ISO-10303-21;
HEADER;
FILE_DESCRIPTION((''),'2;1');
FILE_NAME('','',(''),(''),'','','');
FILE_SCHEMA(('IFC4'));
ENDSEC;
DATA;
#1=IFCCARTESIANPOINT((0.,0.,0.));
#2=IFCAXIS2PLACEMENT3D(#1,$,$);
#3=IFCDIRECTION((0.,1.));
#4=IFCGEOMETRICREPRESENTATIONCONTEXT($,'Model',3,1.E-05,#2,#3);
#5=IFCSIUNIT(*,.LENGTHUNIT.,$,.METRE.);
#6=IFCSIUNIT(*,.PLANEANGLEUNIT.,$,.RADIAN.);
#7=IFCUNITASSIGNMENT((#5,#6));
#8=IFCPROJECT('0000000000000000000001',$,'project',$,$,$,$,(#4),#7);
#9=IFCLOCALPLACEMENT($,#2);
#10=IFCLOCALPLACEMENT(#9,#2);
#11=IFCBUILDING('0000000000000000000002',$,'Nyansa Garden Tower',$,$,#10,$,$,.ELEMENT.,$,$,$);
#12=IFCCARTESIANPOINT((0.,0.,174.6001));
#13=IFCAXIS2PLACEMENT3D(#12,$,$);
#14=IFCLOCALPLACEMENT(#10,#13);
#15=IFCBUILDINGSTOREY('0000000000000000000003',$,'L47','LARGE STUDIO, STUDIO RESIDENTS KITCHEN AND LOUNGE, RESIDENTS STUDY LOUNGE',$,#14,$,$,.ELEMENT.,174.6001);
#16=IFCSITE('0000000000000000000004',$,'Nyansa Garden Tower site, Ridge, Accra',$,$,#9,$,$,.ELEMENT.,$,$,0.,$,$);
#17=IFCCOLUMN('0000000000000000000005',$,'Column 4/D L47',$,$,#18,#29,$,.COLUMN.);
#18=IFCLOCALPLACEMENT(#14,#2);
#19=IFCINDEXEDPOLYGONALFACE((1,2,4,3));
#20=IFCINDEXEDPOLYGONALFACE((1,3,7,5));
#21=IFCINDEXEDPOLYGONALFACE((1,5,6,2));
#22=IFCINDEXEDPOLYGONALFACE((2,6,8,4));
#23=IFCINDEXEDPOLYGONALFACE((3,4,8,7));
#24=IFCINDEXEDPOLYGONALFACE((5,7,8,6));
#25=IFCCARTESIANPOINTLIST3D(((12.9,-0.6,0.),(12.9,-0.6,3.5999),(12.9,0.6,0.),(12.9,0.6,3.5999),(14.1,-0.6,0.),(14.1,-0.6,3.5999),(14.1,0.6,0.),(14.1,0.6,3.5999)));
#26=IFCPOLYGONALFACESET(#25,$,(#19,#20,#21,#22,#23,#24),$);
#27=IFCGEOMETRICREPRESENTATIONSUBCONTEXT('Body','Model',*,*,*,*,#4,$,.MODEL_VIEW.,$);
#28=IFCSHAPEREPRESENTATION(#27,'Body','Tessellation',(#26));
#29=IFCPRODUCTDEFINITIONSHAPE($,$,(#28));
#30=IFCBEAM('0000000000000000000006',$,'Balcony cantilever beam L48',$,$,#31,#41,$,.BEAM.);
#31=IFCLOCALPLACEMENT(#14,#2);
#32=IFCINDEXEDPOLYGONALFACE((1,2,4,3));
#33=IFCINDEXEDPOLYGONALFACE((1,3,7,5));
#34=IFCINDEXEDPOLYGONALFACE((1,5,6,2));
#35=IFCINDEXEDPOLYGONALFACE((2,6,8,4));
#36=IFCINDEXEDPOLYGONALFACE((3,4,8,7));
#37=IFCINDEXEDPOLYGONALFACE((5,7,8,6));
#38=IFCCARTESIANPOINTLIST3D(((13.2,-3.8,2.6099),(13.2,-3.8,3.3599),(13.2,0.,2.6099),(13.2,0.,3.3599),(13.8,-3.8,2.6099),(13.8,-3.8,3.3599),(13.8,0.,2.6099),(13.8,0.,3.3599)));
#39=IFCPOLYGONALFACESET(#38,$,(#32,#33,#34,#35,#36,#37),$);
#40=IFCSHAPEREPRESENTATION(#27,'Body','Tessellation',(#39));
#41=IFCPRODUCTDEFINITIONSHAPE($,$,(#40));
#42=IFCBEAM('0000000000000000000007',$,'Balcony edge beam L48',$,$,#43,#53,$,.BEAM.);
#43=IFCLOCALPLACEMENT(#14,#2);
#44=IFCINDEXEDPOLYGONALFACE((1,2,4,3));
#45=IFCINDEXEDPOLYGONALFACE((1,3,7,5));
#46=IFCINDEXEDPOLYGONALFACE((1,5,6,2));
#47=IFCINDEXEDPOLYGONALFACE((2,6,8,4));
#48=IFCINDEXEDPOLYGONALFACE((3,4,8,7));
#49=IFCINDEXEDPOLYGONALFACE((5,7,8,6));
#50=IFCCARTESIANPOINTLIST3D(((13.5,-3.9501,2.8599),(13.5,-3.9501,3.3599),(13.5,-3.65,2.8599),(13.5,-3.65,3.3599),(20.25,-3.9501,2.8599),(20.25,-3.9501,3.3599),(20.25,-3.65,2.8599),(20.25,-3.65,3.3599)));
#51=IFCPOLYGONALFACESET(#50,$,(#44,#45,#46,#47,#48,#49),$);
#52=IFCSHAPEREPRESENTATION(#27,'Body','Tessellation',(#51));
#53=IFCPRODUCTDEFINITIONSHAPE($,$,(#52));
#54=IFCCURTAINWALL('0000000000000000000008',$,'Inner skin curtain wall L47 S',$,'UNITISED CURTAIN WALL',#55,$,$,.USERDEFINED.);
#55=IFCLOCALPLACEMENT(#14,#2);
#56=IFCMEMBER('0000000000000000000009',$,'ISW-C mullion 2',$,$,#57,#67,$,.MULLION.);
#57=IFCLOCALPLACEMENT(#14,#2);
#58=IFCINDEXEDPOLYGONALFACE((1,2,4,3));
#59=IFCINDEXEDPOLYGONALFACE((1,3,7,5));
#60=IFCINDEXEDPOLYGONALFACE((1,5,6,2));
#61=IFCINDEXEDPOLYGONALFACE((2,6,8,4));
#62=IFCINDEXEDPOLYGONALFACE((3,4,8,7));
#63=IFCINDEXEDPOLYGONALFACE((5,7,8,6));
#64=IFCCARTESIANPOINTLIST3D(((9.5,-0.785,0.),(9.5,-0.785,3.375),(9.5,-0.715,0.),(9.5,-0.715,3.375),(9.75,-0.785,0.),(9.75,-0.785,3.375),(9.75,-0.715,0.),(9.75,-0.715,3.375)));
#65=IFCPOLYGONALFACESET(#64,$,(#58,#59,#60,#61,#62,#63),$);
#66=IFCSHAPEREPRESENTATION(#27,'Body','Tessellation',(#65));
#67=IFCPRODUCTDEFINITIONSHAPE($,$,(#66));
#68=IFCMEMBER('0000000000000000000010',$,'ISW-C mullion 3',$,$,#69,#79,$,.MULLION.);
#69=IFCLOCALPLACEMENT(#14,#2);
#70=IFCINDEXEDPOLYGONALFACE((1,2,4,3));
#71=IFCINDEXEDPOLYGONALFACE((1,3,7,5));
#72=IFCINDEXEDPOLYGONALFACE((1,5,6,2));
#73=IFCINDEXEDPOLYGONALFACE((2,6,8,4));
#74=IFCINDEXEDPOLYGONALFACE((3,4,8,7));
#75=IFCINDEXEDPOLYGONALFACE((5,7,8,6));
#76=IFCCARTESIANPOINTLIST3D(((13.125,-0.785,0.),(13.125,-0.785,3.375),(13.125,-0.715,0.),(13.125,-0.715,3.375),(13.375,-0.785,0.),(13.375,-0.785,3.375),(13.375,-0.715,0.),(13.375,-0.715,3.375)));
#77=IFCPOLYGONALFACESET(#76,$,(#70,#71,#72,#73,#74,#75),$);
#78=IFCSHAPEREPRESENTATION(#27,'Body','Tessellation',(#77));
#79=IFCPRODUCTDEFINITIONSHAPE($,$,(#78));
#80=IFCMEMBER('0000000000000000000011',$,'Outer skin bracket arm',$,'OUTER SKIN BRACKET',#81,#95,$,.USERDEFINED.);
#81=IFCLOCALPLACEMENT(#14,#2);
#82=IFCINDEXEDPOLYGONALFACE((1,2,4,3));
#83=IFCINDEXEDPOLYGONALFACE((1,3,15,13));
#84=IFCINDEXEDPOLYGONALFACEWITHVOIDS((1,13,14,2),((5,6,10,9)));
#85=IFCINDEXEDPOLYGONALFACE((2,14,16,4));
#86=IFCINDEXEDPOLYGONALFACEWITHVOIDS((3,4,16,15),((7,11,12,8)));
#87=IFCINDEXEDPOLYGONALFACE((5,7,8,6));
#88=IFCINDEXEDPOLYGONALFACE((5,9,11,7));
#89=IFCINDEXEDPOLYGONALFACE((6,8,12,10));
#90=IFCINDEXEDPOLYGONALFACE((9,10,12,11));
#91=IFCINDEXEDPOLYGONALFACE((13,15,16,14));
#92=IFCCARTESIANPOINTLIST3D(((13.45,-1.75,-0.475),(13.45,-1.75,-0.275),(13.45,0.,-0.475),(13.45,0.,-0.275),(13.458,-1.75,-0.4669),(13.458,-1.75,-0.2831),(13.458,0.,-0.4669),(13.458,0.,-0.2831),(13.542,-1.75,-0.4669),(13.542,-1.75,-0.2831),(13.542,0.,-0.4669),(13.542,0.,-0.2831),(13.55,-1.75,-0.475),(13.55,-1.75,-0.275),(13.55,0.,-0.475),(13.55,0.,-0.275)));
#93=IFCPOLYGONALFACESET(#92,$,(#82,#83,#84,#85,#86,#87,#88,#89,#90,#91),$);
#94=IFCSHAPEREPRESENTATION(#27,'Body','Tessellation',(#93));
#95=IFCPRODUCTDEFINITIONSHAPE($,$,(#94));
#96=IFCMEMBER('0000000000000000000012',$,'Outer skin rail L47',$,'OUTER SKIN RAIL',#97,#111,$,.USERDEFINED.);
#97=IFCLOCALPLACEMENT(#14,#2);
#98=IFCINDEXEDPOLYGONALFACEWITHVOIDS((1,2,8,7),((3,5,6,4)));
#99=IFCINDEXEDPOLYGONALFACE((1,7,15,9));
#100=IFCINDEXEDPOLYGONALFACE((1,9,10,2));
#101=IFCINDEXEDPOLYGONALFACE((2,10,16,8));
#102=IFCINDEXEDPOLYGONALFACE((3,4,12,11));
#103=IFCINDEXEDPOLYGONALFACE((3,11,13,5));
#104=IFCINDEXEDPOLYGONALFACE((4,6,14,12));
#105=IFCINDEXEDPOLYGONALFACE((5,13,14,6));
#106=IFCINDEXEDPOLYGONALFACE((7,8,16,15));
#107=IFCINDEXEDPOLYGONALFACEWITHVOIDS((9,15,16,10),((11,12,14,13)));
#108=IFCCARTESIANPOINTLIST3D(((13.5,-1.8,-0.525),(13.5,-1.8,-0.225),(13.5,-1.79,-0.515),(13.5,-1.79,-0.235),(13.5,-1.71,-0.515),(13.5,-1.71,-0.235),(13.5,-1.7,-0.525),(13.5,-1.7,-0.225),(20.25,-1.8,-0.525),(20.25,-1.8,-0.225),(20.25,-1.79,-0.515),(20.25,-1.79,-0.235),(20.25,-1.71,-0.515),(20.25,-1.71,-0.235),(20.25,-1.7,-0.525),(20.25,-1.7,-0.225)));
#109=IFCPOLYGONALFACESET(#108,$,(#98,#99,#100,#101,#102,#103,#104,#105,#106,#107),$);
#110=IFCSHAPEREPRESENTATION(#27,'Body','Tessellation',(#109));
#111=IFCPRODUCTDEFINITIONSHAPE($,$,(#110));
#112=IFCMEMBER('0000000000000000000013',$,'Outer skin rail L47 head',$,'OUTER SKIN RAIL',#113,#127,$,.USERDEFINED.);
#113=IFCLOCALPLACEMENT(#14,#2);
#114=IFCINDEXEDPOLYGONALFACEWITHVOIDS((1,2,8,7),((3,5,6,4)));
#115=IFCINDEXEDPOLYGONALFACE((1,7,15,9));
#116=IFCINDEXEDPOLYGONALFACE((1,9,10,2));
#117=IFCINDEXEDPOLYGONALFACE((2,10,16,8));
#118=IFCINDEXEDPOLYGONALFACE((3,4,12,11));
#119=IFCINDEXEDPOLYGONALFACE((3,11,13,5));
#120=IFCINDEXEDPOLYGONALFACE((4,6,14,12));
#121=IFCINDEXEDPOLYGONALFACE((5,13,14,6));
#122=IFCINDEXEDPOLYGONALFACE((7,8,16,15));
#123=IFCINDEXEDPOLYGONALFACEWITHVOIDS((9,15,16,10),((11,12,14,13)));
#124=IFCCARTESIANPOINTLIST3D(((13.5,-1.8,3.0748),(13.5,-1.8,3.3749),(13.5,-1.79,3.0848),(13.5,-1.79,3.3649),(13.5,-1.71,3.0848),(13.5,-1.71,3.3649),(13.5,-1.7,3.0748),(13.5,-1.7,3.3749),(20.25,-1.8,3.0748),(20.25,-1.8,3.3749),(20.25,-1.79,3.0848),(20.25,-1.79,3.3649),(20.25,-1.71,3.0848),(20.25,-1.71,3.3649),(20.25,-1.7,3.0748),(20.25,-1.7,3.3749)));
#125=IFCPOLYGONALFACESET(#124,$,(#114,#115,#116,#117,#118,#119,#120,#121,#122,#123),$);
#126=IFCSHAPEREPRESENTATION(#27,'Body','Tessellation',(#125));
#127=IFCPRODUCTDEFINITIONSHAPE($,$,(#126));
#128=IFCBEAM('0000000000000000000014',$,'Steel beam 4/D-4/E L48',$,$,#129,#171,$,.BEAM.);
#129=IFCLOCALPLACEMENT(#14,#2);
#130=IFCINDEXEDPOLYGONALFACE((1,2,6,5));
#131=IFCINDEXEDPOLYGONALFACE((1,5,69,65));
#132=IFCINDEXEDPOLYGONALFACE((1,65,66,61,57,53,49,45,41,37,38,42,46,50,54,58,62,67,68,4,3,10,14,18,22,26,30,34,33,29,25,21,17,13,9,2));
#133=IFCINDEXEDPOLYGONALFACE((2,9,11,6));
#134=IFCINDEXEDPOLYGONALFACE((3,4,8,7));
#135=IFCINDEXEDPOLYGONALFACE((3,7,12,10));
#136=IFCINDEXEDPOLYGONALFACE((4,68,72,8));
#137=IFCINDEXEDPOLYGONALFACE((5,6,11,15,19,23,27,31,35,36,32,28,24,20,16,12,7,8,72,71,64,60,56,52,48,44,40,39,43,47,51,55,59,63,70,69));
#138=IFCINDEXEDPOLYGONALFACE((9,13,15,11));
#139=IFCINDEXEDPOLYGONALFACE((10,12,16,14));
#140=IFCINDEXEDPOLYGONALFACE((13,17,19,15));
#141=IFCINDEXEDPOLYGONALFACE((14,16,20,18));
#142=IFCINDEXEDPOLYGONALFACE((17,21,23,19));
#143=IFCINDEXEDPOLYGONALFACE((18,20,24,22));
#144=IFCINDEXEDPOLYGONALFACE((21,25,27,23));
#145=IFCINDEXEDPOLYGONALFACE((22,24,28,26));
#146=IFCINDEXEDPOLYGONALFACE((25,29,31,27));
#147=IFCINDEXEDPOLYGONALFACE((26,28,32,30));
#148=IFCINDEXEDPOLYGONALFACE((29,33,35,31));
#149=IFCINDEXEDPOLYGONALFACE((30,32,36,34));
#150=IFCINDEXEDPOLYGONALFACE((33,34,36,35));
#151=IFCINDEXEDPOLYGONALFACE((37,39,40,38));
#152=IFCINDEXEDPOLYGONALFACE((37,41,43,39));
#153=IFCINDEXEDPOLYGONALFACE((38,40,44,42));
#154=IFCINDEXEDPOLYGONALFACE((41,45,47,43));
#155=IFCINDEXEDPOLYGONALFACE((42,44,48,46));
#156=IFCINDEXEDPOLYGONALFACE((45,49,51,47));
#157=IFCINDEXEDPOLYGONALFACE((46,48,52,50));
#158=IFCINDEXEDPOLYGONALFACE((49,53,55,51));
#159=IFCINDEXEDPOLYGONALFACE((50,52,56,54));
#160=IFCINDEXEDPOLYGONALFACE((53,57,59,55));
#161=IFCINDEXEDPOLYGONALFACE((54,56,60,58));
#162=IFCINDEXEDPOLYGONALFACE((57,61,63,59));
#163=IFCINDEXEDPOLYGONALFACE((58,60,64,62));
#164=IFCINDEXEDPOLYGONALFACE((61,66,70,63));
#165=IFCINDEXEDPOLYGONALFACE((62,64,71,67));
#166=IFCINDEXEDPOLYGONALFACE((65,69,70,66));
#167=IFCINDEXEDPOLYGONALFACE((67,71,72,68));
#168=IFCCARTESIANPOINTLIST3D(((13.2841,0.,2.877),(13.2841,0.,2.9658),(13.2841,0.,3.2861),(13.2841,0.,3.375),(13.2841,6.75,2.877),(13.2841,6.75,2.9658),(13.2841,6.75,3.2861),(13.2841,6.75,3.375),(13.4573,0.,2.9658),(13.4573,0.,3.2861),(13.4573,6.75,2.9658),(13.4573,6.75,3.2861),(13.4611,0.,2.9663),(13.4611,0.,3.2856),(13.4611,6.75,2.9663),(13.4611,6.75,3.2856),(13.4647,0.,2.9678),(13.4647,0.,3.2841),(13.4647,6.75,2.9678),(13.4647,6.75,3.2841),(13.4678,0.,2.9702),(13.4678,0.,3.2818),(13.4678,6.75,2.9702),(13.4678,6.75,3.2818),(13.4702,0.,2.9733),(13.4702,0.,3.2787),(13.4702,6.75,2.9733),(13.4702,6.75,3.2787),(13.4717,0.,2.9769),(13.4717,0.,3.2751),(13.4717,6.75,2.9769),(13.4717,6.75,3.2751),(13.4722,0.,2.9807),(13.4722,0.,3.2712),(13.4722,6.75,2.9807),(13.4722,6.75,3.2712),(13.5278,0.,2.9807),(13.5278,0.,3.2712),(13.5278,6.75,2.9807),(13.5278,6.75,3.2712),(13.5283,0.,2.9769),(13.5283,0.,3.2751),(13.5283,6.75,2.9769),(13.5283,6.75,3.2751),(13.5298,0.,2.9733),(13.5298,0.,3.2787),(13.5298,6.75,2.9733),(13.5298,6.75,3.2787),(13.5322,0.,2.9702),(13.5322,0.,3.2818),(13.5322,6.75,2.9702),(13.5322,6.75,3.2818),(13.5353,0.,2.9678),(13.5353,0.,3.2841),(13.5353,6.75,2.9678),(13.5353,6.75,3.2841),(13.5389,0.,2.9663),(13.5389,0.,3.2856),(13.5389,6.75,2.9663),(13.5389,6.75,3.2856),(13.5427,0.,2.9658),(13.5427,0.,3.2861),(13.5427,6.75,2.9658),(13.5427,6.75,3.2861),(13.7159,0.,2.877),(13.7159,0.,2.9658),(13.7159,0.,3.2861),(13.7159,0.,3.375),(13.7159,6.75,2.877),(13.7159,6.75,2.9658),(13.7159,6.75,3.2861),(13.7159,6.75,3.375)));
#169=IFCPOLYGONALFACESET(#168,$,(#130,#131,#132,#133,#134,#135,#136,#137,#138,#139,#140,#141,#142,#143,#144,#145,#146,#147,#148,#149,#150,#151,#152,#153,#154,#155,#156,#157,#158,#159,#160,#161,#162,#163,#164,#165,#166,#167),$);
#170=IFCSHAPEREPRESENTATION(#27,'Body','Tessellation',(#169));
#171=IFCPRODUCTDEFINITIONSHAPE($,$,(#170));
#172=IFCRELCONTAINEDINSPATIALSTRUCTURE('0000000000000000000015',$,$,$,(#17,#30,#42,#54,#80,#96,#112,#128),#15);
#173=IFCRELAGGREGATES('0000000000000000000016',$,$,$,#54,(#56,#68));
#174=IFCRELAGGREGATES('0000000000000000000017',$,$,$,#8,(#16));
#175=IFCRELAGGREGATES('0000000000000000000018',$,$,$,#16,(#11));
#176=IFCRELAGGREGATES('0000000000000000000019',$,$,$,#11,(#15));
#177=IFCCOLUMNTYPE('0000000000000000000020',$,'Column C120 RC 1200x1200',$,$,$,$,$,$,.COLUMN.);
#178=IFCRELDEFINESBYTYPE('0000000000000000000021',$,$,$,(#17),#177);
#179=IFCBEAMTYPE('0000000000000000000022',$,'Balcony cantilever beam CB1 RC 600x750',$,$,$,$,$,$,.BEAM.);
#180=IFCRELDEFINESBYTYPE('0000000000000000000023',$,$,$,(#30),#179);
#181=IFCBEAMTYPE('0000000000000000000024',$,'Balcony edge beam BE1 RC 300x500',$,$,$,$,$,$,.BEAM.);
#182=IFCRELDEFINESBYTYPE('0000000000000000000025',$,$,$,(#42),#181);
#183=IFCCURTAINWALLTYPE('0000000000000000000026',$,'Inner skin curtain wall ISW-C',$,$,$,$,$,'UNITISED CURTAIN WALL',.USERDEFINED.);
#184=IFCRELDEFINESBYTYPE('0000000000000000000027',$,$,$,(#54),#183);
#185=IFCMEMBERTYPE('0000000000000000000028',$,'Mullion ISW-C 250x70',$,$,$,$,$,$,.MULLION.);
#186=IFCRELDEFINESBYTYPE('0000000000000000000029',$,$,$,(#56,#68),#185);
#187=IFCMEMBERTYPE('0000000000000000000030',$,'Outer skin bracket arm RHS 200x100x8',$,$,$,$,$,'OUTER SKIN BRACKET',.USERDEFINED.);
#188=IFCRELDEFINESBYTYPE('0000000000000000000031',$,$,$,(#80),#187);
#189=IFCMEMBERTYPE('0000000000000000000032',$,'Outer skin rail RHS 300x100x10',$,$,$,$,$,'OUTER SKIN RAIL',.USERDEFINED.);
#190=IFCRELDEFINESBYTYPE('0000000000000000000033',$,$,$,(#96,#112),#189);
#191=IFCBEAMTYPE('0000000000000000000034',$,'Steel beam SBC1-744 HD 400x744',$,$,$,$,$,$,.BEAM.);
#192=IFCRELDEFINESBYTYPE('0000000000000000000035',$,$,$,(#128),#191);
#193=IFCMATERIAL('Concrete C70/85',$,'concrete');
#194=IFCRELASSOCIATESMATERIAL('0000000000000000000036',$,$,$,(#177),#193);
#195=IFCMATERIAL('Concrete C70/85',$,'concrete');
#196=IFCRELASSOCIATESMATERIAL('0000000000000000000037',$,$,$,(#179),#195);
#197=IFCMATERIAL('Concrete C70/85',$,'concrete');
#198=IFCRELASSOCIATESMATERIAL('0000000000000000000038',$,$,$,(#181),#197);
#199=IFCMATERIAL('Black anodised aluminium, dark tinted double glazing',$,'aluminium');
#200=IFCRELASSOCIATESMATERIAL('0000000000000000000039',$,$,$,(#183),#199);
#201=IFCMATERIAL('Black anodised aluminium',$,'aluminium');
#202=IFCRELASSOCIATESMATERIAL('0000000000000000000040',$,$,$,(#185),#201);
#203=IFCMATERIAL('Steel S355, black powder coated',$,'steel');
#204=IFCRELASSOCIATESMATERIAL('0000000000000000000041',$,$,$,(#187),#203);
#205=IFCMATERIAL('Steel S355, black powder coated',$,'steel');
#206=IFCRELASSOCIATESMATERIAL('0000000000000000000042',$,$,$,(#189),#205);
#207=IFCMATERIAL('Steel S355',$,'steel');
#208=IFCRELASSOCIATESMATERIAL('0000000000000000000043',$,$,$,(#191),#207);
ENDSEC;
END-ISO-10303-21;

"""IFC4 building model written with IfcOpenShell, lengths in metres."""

from ifc_helpers import new_model, si_unit, direction, frame, origin, origin_2d, place, context, subcontext, project, spatial, rectangle, hollow_rectangle, i_section, extrude, material, material_profile, profile_set, type_object, element, aggregate, save


model = new_model("IFC4")

# Units and contexts
model_context = context("Model", 3, precision=1e-05, world=origin(), true_north=direction((0.0, 1.0)))
body_context = subcontext(model_context, "Body", "Model", "MODEL_VIEW")
ifc_project = project(units=[si_unit("LENGTHUNIT", "METRE"), si_unit("PLANEANGLEUNIT", "RADIAN")], contexts=[model_context])

# Site, building, storey
site_placement = place(None, origin())
site = spatial("IfcSite", under=ifc_project, at=site_placement, Name="Nyansa Garden Tower site, Ridge, Accra", CompositionType="ELEMENT", RefElevation=0.0)
building_placement = place(site_placement, origin())
building = spatial("IfcBuilding", under=site, at=building_placement, Name="Nyansa Garden Tower", CompositionType="ELEMENT")
storey_placement = place(building_placement, frame((0.0, 0.0, 174.6001)))
storey = spatial("IfcBuildingStorey", under=building, at=storey_placement, Name="L47", Description="LARGE STUDIO, STUDIO RESIDENTS KITCHEN AND LOUNGE, RESIDENTS STUDY LOUNGE", CompositionType="ELEMENT", Elevation=174.6001)

# Column
ifc_material_1 = material(Name="Concrete C70/85", Category="concrete")
ifc_material_profile_1 = material_profile(ifc_material_1, rectangle(XDim=1.2, YDim=1.2, at=origin_2d()), Name="RC 1200x1200")
ifc_profile_set_1 = profile_set([ifc_material_profile_1], Name="Concrete C70/85")
column_type = type_object("IfcColumnType", Name="Column C120 RC 1200x1200", PredefinedType="COLUMN", material=ifc_profile_set_1)
column_placement = place(storey_placement, frame((13.5, 0.0, 0.0), z_axis=(0.0, 0.0, 1.0), x_axis=(1.0, 0.0, 0.0)))
element("IfcColumn", 1, at=column_placement, inside=storey, type_object=column_type, Name="Column 4/D L47", PredefinedType="COLUMN", context=body_context, shape_type="SweptSolid", body=[
    extrude(rectangle(XDim=1.2, YDim=1.2, at=origin_2d()), origin(), (0.0, 0.0, 1.0), 3.5999),
])

# Beams
ifc_material_2 = material(Name="Concrete C70/85", Category="concrete")
ifc_material_profile_2 = material_profile(ifc_material_2, rectangle(XDim=0.6001, YDim=0.75, at=origin_2d()), Name="RC 600x750")
ifc_profile_set_2 = profile_set([ifc_material_profile_2], Name="Concrete C70/85")
beam_type_1 = type_object("IfcBeamType", Name="Balcony cantilever beam CB1 RC 600x750", PredefinedType="BEAM", material=ifc_profile_set_2)
beam_1_placement = place(storey_placement, frame((13.5, 0.0, 2.9849), z_axis=(0.0, -1.0, 0.0), x_axis=(1.0, 0.0, 0.0)))
element("IfcBeam", 2, at=beam_1_placement, inside=storey, type_object=beam_type_1, Name="Balcony cantilever beam L48", PredefinedType="BEAM", context=body_context, shape_type="SweptSolid", body=[
    extrude(rectangle(XDim=0.6001, YDim=0.75, at=origin_2d()), origin(), (0.0, 0.0, 1.0), 3.8),
])
ifc_material_3 = material(Name="Concrete C70/85", Category="concrete")
ifc_material_profile_3 = material_profile(ifc_material_3, rectangle(XDim=0.3, YDim=0.5, at=origin_2d()), Name="RC 300x500")
ifc_profile_set_3 = profile_set([ifc_material_profile_3], Name="Concrete C70/85")
beam_type_2 = type_object("IfcBeamType", Name="Balcony edge beam BE1 RC 300x500", PredefinedType="BEAM", material=ifc_profile_set_3)
beam_2_placement = place(storey_placement, frame((13.5, -3.8, 3.1099), z_axis=(1.0, 0.0, 0.0), x_axis=(0.0, 1.0, 0.0)))
element("IfcBeam", 3, at=beam_2_placement, inside=storey, type_object=beam_type_2, Name="Balcony edge beam L48", PredefinedType="BEAM", context=body_context, shape_type="SweptSolid", body=[
    extrude(rectangle(XDim=0.3, YDim=0.5, at=origin_2d()), origin(), (0.0, 0.0, 1.0), 6.75),
])

# Curtain wall, members
ifc_material_4 = material(Name="Black anodised aluminium, dark tinted double glazing", Category="aluminium")
curtain_wall_type = type_object("IfcCurtainWallType", Name="Inner skin curtain wall ISW-C", ElementType="UNITISED CURTAIN WALL", PredefinedType="USERDEFINED", material=ifc_material_4)
curtain_wall_placement = place(storey_placement, origin())
curtain_wall = element("IfcCurtainWall", 4, at=curtain_wall_placement, inside=storey, type_object=curtain_wall_type, Name="Inner skin curtain wall L47 S", ObjectType="UNITISED CURTAIN WALL", PredefinedType="USERDEFINED")
ifc_material_5 = material(Name="Black anodised aluminium", Category="aluminium")
ifc_material_profile_4 = material_profile(ifc_material_5, rectangle(XDim=0.0701, YDim=0.25, at=origin_2d()), Name="Mullion 250x70")
ifc_profile_set_4 = profile_set([ifc_material_profile_4], Name="Black anodised aluminium")
member_type_1 = type_object("IfcMemberType", Name="Mullion ISW-C 250x70", PredefinedType="MULLION", material=ifc_profile_set_4)
member_1_placement = place(storey_placement, frame((9.625, -0.75, 0.0), z_axis=(0.0, 0.0, 1.0), x_axis=(0.0, 1.0, 0.0)))
member_1 = element("IfcMember", 5, at=member_1_placement, type_object=member_type_1, Name="ISW-C mullion 2", PredefinedType="MULLION", context=body_context, shape_type="SweptSolid", body=[
    extrude(rectangle(XDim=0.0701, YDim=0.25, at=origin_2d()), origin(), (0.0, 0.0, 1.0), 3.375),
])
member_2_placement = place(storey_placement, frame((13.25, -0.75, 0.0), z_axis=(0.0, 0.0, 1.0), x_axis=(0.0, 1.0, 0.0)))
member_2 = element("IfcMember", 6, at=member_2_placement, type_object=member_type_1, Name="ISW-C mullion 3", PredefinedType="MULLION", context=body_context, shape_type="SweptSolid", body=[
    extrude(rectangle(XDim=0.0701, YDim=0.25, at=origin_2d()), origin(), (0.0, 0.0, 1.0), 3.375),
])

# Members
ifc_material_6 = material(Name="Steel S355, black powder coated", Category="steel")
ifc_material_profile_5 = material_profile(ifc_material_6, hollow_rectangle(XDim=0.1001, YDim=0.2, WallThickness=0.0081, at=origin_2d()), Name="RHS 200x100x8")
ifc_profile_set_5 = profile_set([ifc_material_profile_5], Name="Steel S355, black powder coated")
member_type_2 = type_object("IfcMemberType", Name="Outer skin bracket arm RHS 200x100x8", ElementType="OUTER SKIN BRACKET", PredefinedType="USERDEFINED", material=ifc_profile_set_5)
member_3_placement = place(storey_placement, frame((13.5, 0.0, -0.375), z_axis=(0.0, -1.0, 0.0), x_axis=(1.0, 0.0, 0.0)))
element("IfcMember", 7, at=member_3_placement, inside=storey, type_object=member_type_2, Name="Outer skin bracket arm", ObjectType="OUTER SKIN BRACKET", PredefinedType="USERDEFINED", context=body_context, shape_type="SweptSolid", body=[
    extrude(hollow_rectangle(XDim=0.1001, YDim=0.2, WallThickness=0.0081, at=origin_2d()), origin(), (0.0, 0.0, 1.0), 1.75),
])
ifc_material_7 = material(Name="Steel S355, black powder coated", Category="steel")
ifc_material_profile_6 = material_profile(ifc_material_7, hollow_rectangle(XDim=0.1001, YDim=0.3, WallThickness=0.01, at=origin_2d()), Name="RHS 300x100x10")
ifc_profile_set_6 = profile_set([ifc_material_profile_6], Name="Steel S355, black powder coated")
member_type_3 = type_object("IfcMemberType", Name="Outer skin rail RHS 300x100x10", ElementType="OUTER SKIN RAIL", PredefinedType="USERDEFINED", material=ifc_profile_set_6)
for number, where, z_axis, x_axis, name in (
    (8, (13.5, -1.75, -0.375), (1.0, 0.0, 0.0), (0.0, 1.0, 0.0), "Outer skin rail L47"),
    (9, (13.5, -1.75, 3.2249), (1.0, 0.0, 0.0), (0.0, 1.0, 0.0), "Outer skin rail L47 head"),
):
    element("IfcMember", number, at=place(storey_placement, frame(where, z_axis=z_axis, x_axis=x_axis)), inside=storey, type_object=member_type_3, Name=name, ObjectType="OUTER SKIN RAIL", PredefinedType="USERDEFINED", context=body_context, shape_type="SweptSolid", body=[
        extrude(hollow_rectangle(XDim=0.1001, YDim=0.3, WallThickness=0.01, at=origin_2d()), origin(), (0.0, 0.0, 1.0), 6.75),
    ])

# Beam
ifc_material_8 = material(Name="Steel S355", Category="steel")
ifc_material_profile_7 = material_profile(ifc_material_8, i_section(OverallWidth=0.4319, OverallDepth=0.498, WebThickness=0.0557, FlangeThickness=0.0889, FilletRadius=0.0149, at=origin_2d()), Name="HD 400x744")
ifc_profile_set_7 = profile_set([ifc_material_profile_7], Name="Steel S355")
beam_type_3 = type_object("IfcBeamType", Name="Steel beam SBC1-744 HD 400x744", PredefinedType="BEAM", material=ifc_profile_set_7)
beam_3_placement = place(storey_placement, frame((13.5, 0.0, 3.126), z_axis=(0.0, 1.0, 0.0), x_axis=(-1.0, 0.0, 0.0)))
element("IfcBeam", 10, at=beam_3_placement, inside=storey, type_object=beam_type_3, Name="Steel beam 4/D-4/E L48", PredefinedType="BEAM", context=body_context, shape_type="SweptSolid", body=[
    extrude(i_section(OverallWidth=0.4319, OverallDepth=0.498, WebThickness=0.0557, FlangeThickness=0.0889, FilletRadius=0.0149, at=origin_2d()), origin(), (0.0, 0.0, 1.0), 6.75),
])

aggregate(curtain_wall, [member_1, member_2])

save(model, "model.ifc")
